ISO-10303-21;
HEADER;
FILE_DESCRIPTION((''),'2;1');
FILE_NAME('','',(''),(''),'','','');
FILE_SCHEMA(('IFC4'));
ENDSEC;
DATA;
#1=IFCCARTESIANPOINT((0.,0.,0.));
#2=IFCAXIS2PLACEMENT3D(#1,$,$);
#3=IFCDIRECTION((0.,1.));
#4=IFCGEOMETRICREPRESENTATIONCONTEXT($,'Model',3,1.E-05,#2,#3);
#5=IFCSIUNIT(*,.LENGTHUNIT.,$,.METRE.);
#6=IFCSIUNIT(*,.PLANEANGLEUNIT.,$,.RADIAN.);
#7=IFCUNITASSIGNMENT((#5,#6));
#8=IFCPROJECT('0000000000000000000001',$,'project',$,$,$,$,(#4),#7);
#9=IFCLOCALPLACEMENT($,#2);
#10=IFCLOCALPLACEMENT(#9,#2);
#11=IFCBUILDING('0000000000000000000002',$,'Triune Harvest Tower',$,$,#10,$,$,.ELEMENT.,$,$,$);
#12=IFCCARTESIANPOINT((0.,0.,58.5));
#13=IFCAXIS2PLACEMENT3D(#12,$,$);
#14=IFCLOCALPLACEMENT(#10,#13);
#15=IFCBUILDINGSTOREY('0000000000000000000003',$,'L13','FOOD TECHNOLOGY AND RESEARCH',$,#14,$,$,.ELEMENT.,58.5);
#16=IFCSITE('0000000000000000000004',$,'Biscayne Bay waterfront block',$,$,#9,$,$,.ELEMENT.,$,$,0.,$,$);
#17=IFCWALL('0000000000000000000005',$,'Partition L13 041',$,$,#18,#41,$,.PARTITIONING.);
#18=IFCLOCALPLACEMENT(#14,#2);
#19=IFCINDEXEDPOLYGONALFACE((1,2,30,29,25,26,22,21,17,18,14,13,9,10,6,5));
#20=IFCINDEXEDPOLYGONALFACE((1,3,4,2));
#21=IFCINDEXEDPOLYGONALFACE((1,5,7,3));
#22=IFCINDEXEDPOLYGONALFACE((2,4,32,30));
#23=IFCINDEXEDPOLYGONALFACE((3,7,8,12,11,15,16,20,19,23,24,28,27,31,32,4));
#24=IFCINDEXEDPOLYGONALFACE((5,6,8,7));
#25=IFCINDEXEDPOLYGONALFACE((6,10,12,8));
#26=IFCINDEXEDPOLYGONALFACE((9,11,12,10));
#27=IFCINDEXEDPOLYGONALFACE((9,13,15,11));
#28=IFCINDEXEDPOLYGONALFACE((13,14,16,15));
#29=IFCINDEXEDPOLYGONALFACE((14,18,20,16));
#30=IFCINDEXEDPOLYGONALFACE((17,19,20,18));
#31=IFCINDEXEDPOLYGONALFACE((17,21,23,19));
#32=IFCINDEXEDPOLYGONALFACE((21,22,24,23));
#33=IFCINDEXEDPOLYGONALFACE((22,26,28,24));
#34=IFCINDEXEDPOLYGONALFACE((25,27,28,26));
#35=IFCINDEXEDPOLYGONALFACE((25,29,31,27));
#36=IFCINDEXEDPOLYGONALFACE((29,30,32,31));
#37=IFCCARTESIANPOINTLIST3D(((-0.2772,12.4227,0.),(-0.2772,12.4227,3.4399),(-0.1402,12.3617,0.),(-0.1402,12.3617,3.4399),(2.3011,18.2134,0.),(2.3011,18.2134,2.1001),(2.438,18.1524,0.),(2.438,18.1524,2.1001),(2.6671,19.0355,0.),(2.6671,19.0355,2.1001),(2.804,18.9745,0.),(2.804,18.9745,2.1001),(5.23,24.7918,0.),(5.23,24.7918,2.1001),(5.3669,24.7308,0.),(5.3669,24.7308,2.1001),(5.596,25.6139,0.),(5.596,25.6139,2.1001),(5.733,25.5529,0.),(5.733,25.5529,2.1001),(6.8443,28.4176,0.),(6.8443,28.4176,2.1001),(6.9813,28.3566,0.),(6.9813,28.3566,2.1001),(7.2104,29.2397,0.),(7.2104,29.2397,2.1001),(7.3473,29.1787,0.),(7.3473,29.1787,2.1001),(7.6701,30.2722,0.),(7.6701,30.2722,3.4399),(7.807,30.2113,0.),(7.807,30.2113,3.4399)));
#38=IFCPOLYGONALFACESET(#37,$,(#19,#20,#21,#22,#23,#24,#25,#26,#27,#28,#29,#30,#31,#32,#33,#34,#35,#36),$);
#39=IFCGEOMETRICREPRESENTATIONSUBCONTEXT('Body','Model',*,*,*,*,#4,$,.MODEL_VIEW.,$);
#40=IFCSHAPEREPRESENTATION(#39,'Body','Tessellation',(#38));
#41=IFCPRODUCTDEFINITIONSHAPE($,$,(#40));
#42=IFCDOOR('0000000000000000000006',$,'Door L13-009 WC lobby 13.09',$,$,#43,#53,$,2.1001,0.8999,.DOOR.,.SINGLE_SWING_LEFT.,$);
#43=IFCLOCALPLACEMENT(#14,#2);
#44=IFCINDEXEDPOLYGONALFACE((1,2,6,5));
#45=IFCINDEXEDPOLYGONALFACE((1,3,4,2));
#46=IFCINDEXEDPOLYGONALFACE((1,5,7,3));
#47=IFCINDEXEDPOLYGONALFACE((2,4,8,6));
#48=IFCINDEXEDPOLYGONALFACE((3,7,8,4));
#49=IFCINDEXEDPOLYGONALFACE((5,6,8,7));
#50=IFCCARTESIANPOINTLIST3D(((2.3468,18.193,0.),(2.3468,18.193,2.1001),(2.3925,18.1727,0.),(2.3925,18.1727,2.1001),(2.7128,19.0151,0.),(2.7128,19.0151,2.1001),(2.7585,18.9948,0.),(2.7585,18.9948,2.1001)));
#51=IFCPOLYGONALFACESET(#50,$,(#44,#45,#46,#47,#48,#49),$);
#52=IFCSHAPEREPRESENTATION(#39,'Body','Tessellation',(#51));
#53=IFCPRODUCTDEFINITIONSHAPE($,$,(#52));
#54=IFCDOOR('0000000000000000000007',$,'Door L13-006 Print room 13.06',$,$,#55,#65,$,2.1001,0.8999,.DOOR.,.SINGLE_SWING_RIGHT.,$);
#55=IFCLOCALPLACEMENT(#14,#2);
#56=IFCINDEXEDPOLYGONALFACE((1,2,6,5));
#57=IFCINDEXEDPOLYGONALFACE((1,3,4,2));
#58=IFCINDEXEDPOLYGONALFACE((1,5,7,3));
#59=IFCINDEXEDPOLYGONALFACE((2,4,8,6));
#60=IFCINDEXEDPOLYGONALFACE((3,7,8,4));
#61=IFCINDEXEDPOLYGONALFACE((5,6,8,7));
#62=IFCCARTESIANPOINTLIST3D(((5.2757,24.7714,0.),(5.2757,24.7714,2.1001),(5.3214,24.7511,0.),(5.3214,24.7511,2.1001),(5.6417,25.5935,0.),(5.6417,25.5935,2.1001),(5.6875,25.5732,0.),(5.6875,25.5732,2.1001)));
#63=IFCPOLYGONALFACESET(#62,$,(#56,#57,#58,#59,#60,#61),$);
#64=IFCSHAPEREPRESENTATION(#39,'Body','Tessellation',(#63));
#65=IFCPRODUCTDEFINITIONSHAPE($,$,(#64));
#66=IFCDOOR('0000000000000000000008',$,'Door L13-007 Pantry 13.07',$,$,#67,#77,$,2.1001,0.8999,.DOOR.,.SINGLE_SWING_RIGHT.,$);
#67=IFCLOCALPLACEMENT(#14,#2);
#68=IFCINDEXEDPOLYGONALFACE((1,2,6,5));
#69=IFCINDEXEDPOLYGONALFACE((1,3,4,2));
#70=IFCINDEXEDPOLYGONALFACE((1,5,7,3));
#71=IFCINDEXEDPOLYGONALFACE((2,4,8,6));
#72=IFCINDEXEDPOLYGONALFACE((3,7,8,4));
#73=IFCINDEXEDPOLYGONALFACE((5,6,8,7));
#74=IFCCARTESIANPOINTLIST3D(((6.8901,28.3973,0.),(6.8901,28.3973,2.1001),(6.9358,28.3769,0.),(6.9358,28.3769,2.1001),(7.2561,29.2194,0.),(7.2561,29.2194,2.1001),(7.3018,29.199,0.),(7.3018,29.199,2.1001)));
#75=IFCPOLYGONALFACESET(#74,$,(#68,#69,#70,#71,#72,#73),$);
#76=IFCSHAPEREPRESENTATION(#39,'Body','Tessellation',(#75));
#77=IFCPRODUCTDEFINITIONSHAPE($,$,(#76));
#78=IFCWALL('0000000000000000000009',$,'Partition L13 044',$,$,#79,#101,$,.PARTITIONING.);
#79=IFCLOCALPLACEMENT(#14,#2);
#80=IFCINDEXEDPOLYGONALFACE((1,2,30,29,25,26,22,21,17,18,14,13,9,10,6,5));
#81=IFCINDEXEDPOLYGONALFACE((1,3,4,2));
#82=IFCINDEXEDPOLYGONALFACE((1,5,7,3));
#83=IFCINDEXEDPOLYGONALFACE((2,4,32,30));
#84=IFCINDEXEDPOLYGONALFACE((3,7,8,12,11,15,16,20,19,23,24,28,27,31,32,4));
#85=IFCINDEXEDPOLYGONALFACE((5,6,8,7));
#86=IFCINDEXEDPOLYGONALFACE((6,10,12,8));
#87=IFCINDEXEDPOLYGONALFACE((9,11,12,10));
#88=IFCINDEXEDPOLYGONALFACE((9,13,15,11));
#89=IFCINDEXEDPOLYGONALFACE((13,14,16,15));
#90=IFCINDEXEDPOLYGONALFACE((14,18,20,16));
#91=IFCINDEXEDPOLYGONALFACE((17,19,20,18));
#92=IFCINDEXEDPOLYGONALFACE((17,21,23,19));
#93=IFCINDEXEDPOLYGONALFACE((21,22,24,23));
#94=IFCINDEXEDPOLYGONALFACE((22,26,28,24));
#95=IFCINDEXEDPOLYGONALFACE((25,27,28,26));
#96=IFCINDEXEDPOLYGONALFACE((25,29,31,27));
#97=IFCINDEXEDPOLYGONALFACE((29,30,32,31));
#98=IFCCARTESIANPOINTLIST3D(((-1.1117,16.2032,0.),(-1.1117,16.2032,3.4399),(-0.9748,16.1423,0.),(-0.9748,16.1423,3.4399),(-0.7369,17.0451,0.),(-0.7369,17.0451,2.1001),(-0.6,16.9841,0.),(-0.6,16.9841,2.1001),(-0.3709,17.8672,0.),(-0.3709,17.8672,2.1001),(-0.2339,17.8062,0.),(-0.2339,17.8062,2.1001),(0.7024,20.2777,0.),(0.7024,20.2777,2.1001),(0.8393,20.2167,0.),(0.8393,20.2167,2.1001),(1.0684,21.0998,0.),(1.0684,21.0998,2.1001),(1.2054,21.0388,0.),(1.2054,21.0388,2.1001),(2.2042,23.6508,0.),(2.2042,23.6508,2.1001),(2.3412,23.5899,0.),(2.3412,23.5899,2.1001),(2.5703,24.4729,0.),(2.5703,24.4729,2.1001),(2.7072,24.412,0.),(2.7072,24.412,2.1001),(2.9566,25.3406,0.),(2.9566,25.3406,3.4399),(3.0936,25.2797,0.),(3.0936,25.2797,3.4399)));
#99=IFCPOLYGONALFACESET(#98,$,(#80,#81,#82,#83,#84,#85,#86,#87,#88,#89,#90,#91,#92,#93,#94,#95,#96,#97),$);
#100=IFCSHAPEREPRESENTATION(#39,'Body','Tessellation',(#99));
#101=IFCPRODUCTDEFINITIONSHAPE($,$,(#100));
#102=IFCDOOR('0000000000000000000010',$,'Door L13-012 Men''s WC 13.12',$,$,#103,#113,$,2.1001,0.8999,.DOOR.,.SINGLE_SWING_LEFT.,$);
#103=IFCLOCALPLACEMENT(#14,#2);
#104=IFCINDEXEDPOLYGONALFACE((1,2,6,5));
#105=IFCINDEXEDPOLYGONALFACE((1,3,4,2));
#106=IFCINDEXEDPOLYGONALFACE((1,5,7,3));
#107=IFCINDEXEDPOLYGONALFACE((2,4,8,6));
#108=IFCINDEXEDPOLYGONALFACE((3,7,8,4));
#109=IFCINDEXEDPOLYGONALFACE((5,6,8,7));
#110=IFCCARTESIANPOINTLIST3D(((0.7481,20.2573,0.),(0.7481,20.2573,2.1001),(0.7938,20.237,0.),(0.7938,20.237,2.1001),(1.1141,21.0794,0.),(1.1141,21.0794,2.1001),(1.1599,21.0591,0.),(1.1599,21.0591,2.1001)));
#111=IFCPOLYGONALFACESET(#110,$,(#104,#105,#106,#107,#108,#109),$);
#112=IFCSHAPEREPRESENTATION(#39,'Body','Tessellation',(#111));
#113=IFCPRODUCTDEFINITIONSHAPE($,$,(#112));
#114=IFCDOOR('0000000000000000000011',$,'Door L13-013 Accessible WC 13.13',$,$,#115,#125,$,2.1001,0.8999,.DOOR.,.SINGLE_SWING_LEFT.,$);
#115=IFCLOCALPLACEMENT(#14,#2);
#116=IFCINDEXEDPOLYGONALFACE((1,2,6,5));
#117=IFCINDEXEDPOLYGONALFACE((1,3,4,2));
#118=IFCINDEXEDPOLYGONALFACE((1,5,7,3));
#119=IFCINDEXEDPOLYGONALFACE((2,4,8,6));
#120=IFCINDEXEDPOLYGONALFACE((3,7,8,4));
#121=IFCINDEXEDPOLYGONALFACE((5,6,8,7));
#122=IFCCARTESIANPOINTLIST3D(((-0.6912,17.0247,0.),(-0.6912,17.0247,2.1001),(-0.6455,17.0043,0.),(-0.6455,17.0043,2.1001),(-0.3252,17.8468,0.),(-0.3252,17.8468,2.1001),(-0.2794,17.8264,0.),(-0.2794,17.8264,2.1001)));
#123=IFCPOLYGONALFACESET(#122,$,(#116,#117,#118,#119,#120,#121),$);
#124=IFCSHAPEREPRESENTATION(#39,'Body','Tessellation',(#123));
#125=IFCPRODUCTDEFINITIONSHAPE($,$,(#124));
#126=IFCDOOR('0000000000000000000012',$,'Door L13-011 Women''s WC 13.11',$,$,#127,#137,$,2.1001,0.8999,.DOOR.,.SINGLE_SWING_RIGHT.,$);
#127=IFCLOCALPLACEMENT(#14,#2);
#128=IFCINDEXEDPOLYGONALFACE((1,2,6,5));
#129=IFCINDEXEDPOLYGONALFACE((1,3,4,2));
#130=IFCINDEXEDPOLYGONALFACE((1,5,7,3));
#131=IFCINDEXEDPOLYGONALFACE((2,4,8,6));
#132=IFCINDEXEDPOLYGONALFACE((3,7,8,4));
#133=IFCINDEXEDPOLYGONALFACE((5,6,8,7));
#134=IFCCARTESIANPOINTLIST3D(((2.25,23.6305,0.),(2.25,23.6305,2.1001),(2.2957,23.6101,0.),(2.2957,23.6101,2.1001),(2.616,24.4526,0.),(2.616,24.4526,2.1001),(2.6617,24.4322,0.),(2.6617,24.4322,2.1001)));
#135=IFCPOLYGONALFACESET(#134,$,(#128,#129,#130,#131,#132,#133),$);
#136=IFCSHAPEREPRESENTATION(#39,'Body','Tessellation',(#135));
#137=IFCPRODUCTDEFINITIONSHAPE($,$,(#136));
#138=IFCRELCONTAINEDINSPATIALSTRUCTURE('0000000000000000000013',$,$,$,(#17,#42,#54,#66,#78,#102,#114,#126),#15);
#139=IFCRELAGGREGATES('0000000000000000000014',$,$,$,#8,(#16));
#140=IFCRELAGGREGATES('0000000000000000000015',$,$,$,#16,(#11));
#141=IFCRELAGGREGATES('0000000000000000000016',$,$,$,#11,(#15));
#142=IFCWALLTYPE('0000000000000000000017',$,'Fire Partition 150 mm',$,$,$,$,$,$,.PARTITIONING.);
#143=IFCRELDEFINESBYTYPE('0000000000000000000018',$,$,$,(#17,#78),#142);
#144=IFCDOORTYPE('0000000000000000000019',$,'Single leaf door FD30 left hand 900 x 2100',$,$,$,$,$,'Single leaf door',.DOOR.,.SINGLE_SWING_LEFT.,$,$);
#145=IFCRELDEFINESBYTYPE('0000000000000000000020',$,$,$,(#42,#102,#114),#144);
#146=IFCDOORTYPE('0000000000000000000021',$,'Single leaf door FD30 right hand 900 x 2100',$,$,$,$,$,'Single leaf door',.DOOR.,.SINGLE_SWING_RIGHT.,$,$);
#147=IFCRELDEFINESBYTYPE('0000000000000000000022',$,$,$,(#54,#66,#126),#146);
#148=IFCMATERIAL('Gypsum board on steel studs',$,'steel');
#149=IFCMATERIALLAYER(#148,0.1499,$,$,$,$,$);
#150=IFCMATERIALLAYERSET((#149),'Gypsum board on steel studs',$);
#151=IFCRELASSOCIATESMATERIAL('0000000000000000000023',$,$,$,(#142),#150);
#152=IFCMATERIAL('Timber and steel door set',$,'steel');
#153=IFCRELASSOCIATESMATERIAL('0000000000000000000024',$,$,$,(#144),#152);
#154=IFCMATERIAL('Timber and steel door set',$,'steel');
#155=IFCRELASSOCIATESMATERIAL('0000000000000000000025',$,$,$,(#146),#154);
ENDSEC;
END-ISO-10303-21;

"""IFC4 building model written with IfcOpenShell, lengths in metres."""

from ifc_helpers import new_model, si_unit, direction, frame, frame_2d, origin, place, context, subcontext, project, spatial, rectangle, extrude, source, transform, mapped, material, layer, layer_set, type_object, element, fill, save


model = new_model("IFC4")

# Units and contexts
model_context = context("Model", 3, precision=1e-05, world=origin(), true_north=direction((0.0, 1.0)))
body_context = subcontext(model_context, "Body", "Model", "MODEL_VIEW")
ifc_project = project(units=[si_unit("LENGTHUNIT", "METRE"), si_unit("PLANEANGLEUNIT", "RADIAN")], contexts=[model_context])

# Site, building, storey
site_placement = place(None, origin())
site = spatial("IfcSite", under=ifc_project, at=site_placement, Name="Biscayne Bay waterfront block", CompositionType="ELEMENT", RefElevation=0.0)
building_placement = place(site_placement, origin())
building = spatial("IfcBuilding", under=site, at=building_placement, Name="Triune Harvest Tower", CompositionType="ELEMENT")
storey_placement = place(building_placement, frame((0.0, 0.0, 58.5)))
storey = spatial("IfcBuildingStorey", under=building, at=storey_placement, Name="L13", Description="FOOD TECHNOLOGY AND RESEARCH", CompositionType="ELEMENT", Elevation=58.5)

# Shared definitions
ifc_material_1 = material(Name="Gypsum board on steel studs", Category="steel")
ifc_layer_1 = layer(ifc_material_1, 0.1499)
ifc_layer_set_1 = layer_set([ifc_layer_1], Name="Gypsum board on steel studs")
wall_type_1 = type_object("IfcWallType", Name="Fire Partition 150 mm", PredefinedType="PARTITIONING", material=ifc_layer_set_1)

# Walls, openings, doors
shared_shape_1 = source(origin(), body_context, "Body", "SweptSolid", [
    extrude(rectangle(XDim=19.5388, YDim=0.1499, at=frame_2d((9.7695, 0.0))), origin(), (0.0, 0.0, 1.0), 3.4399),
])
wall_1_placement = place(storey_placement, frame((-0.2087, 12.3921, 0.0), z_axis=(0.0, 0.0, 1.0), x_axis=(0.406741, 0.913543, 0.0)))
wall_1 = element("IfcWall", 1, at=wall_1_placement, inside=storey, type_object=wall_type_1, Name="Partition L13 041", PredefinedType="PARTITIONING", context=body_context, shape_type="MappedRepresentation", body=[
    mapped(shared_shape_1, transform((0.0, 0.0, 0.0), scale=1.0)),
])
opening_1_placement = place(wall_1_placement, frame((13.5398, 0.0, 0.0)))
opening_1 = element("IfcOpeningElement", 2, at=opening_1_placement, cuts=wall_1, PredefinedType="OPENING", context=body_context, shape_type="SweptSolid", body=[
    extrude(rectangle(XDim=0.8999, YDim=2.1001, at=frame_2d((0.45, 1.05))), frame((0.0, 0.085, 0.0), z_axis=(0.0, -1.0, 0.0), x_axis=(1.0, 0.0, 0.0)), (0.0, 0.0, 1.0), 0.1699),
])
opening_2_placement = place(wall_1_placement, frame((17.5088, 0.0, 0.0)))
opening_2 = element("IfcOpeningElement", 3, at=opening_2_placement, cuts=wall_1, PredefinedType="OPENING", context=body_context, shape_type="SweptSolid", body=[
    extrude(rectangle(XDim=0.8999, YDim=2.1001, at=frame_2d((0.45, 1.05))), frame((0.0, 0.085, 0.0), z_axis=(0.0, -1.0, 0.0), x_axis=(1.0, 0.0, 0.0)), (0.0, 0.0, 1.0), 0.1699),
])
opening_3_placement = place(wall_1_placement, frame((6.3389, 0.0, 0.0)))
opening_3 = element("IfcOpeningElement", 4, at=opening_3_placement, cuts=wall_1, PredefinedType="OPENING", context=body_context, shape_type="SweptSolid", body=[
    extrude(rectangle(XDim=0.8999, YDim=2.1001, at=frame_2d((0.45, 1.05))), frame((0.0, 0.085, 0.0), z_axis=(0.0, -1.0, 0.0), x_axis=(1.0, 0.0, 0.0)), (0.0, 0.0, 1.0), 0.1699),
])
ifc_material_2 = material(Name="Timber and steel door set", Category="steel")
door_type_1 = type_object("IfcDoorType", Name="Single leaf door FD30 left hand 900 x 2100", ElementType="Single leaf door", OperationType="SINGLE_SWING_LEFT", PredefinedType="DOOR", material=ifc_material_2)
door_1_placement = place(opening_3_placement, origin())
door_1 = element("IfcDoor", 5, at=door_1_placement, inside=storey, type_object=door_type_1, Name="Door L13-009 WC lobby 13.09", OperationType="SINGLE_SWING_LEFT", OverallHeight=2.1001, OverallWidth=0.8999, PredefinedType="DOOR", context=body_context, shape_type="SweptSolid", body=[
    extrude(rectangle(XDim=0.8999, YDim=2.1001, at=frame_2d((0.45, 1.05))), frame((0.0, 0.0249, 0.0), z_axis=(0.0, -1.0, 0.0), x_axis=(1.0, 0.0, 0.0)), (0.0, 0.0, 1.0), 0.05),
])
fill(opening_3, door_1)
ifc_material_3 = material(Name="Timber and steel door set", Category="steel")
door_type_2 = type_object("IfcDoorType", Name="Single leaf door FD30 right hand 900 x 2100", ElementType="Single leaf door", OperationType="SINGLE_SWING_RIGHT", PredefinedType="DOOR", material=ifc_material_3)
door_2_placement = place(opening_1_placement, origin())
door_2 = element("IfcDoor", 6, at=door_2_placement, inside=storey, type_object=door_type_2, Name="Door L13-006 Print room 13.06", OperationType="SINGLE_SWING_RIGHT", OverallHeight=2.1001, OverallWidth=0.8999, PredefinedType="DOOR", context=body_context, shape_type="SweptSolid", body=[
    extrude(rectangle(XDim=0.8999, YDim=2.1001, at=frame_2d((0.45, 1.05))), frame((0.0, 0.0249, 0.0), z_axis=(0.0, -1.0, 0.0), x_axis=(1.0, 0.0, 0.0)), (0.0, 0.0, 1.0), 0.05),
])
fill(opening_1, door_2)
door_3_placement = place(opening_2_placement, origin())
door_3 = element("IfcDoor", 7, at=door_3_placement, inside=storey, type_object=door_type_2, Name="Door L13-007 Pantry 13.07", OperationType="SINGLE_SWING_RIGHT", OverallHeight=2.1001, OverallWidth=0.8999, PredefinedType="DOOR", context=body_context, shape_type="SweptSolid", body=[
    extrude(rectangle(XDim=0.8999, YDim=2.1001, at=frame_2d((0.45, 1.05))), frame((0.0, 0.0249, 0.0), z_axis=(0.0, -1.0, 0.0), x_axis=(1.0, 0.0, 0.0)), (0.0, 0.0, 1.0), 0.05),
])
fill(opening_2, door_3)
shared_shape_2 = source(origin(), body_context, "Body", "SweptSolid", [
    extrude(rectangle(XDim=10.0022, YDim=0.1499, at=frame_2d((5.001, 0.0))), origin(), (0.0, 0.0, 1.0), 3.4399),
])
wall_2_placement = place(storey_placement, frame((-1.0432, 16.1729, 0.0), z_axis=(0.0, 0.0, 1.0), x_axis=(0.406745, 0.913542, 0.0)))
wall_2 = element("IfcWall", 8, at=wall_2_placement, inside=storey, type_object=wall_type_1, Name="Partition L13 044", PredefinedType="PARTITIONING", context=body_context, shape_type="MappedRepresentation", body=[
    mapped(shared_shape_2, transform((0.0, 0.0, 0.0), scale=1.0)),
])
opening_4_placement = place(wall_2_placement, frame((8.1523, 0.0, 0.0)))
opening_4 = element("IfcOpeningElement", 9, at=opening_4_placement, cuts=wall_2, PredefinedType="OPENING", context=body_context, shape_type="SweptSolid", body=[
    extrude(rectangle(XDim=0.8999, YDim=2.1001, at=frame_2d((0.45, 1.05))), frame((0.0, 0.085, 0.0), z_axis=(0.0, -1.0, 0.0), x_axis=(1.0, 0.0, 0.0)), (0.0, 0.0, 1.0), 0.1699),
])
opening_5_placement = place(wall_2_placement, frame((4.46, 0.0, 0.0)))
opening_5 = element("IfcOpeningElement", 10, at=opening_5_placement, cuts=wall_2, PredefinedType="OPENING", context=body_context, shape_type="SweptSolid", body=[
    extrude(rectangle(XDim=0.8999, YDim=2.1001, at=frame_2d((0.45, 1.05))), frame((0.0, 0.085, 0.0), z_axis=(0.0, -1.0, 0.0), x_axis=(1.0, 0.0, 0.0)), (0.0, 0.0, 1.0), 0.1699),
])
opening_6_placement = place(wall_2_placement, frame((0.9214, 0.0, 0.0)))
opening_6 = element("IfcOpeningElement", 11, at=opening_6_placement, cuts=wall_2, PredefinedType="OPENING", context=body_context, shape_type="SweptSolid", body=[
    extrude(rectangle(XDim=0.8999, YDim=2.1001, at=frame_2d((0.45, 1.05))), frame((0.0, 0.085, 0.0), z_axis=(0.0, -1.0, 0.0), x_axis=(1.0, 0.0, 0.0)), (0.0, 0.0, 1.0), 0.1699),
])
door_4_placement = place(opening_5_placement, origin())
door_4 = element("IfcDoor", 12, at=door_4_placement, inside=storey, type_object=door_type_1, Name="Door L13-012 Men's WC 13.12", OperationType="SINGLE_SWING_LEFT", OverallHeight=2.1001, OverallWidth=0.8999, PredefinedType="DOOR", context=body_context, shape_type="SweptSolid", body=[
    extrude(rectangle(XDim=0.8999, YDim=2.1001, at=frame_2d((0.45, 1.05))), frame((0.0, 0.0249, 0.0), z_axis=(0.0, -1.0, 0.0), x_axis=(1.0, 0.0, 0.0)), (0.0, 0.0, 1.0), 0.05),
])
fill(opening_5, door_4)
door_5_placement = place(opening_6_placement, origin())
door_5 = element("IfcDoor", 13, at=door_5_placement, inside=storey, type_object=door_type_1, Name="Door L13-013 Accessible WC 13.13", OperationType="SINGLE_SWING_LEFT", OverallHeight=2.1001, OverallWidth=0.8999, PredefinedType="DOOR", context=body_context, shape_type="SweptSolid", body=[
    extrude(rectangle(XDim=0.8999, YDim=2.1001, at=frame_2d((0.45, 1.05))), frame((0.0, 0.0249, 0.0), z_axis=(0.0, -1.0, 0.0), x_axis=(1.0, 0.0, 0.0)), (0.0, 0.0, 1.0), 0.05),
])
fill(opening_6, door_5)
door_6_placement = place(opening_4_placement, origin())
door_6 = element("IfcDoor", 14, at=door_6_placement, inside=storey, type_object=door_type_2, Name="Door L13-011 Women's WC 13.11", OperationType="SINGLE_SWING_RIGHT", OverallHeight=2.1001, OverallWidth=0.8999, PredefinedType="DOOR", context=body_context, shape_type="SweptSolid", body=[
    extrude(rectangle(XDim=0.8999, YDim=2.1001, at=frame_2d((0.45, 1.05))), frame((0.0, 0.0249, 0.0), z_axis=(0.0, -1.0, 0.0), x_axis=(1.0, 0.0, 0.0)), (0.0, 0.0, 1.0), 0.05),
])
fill(opening_4, door_6)

save(model, "model.ifc")
